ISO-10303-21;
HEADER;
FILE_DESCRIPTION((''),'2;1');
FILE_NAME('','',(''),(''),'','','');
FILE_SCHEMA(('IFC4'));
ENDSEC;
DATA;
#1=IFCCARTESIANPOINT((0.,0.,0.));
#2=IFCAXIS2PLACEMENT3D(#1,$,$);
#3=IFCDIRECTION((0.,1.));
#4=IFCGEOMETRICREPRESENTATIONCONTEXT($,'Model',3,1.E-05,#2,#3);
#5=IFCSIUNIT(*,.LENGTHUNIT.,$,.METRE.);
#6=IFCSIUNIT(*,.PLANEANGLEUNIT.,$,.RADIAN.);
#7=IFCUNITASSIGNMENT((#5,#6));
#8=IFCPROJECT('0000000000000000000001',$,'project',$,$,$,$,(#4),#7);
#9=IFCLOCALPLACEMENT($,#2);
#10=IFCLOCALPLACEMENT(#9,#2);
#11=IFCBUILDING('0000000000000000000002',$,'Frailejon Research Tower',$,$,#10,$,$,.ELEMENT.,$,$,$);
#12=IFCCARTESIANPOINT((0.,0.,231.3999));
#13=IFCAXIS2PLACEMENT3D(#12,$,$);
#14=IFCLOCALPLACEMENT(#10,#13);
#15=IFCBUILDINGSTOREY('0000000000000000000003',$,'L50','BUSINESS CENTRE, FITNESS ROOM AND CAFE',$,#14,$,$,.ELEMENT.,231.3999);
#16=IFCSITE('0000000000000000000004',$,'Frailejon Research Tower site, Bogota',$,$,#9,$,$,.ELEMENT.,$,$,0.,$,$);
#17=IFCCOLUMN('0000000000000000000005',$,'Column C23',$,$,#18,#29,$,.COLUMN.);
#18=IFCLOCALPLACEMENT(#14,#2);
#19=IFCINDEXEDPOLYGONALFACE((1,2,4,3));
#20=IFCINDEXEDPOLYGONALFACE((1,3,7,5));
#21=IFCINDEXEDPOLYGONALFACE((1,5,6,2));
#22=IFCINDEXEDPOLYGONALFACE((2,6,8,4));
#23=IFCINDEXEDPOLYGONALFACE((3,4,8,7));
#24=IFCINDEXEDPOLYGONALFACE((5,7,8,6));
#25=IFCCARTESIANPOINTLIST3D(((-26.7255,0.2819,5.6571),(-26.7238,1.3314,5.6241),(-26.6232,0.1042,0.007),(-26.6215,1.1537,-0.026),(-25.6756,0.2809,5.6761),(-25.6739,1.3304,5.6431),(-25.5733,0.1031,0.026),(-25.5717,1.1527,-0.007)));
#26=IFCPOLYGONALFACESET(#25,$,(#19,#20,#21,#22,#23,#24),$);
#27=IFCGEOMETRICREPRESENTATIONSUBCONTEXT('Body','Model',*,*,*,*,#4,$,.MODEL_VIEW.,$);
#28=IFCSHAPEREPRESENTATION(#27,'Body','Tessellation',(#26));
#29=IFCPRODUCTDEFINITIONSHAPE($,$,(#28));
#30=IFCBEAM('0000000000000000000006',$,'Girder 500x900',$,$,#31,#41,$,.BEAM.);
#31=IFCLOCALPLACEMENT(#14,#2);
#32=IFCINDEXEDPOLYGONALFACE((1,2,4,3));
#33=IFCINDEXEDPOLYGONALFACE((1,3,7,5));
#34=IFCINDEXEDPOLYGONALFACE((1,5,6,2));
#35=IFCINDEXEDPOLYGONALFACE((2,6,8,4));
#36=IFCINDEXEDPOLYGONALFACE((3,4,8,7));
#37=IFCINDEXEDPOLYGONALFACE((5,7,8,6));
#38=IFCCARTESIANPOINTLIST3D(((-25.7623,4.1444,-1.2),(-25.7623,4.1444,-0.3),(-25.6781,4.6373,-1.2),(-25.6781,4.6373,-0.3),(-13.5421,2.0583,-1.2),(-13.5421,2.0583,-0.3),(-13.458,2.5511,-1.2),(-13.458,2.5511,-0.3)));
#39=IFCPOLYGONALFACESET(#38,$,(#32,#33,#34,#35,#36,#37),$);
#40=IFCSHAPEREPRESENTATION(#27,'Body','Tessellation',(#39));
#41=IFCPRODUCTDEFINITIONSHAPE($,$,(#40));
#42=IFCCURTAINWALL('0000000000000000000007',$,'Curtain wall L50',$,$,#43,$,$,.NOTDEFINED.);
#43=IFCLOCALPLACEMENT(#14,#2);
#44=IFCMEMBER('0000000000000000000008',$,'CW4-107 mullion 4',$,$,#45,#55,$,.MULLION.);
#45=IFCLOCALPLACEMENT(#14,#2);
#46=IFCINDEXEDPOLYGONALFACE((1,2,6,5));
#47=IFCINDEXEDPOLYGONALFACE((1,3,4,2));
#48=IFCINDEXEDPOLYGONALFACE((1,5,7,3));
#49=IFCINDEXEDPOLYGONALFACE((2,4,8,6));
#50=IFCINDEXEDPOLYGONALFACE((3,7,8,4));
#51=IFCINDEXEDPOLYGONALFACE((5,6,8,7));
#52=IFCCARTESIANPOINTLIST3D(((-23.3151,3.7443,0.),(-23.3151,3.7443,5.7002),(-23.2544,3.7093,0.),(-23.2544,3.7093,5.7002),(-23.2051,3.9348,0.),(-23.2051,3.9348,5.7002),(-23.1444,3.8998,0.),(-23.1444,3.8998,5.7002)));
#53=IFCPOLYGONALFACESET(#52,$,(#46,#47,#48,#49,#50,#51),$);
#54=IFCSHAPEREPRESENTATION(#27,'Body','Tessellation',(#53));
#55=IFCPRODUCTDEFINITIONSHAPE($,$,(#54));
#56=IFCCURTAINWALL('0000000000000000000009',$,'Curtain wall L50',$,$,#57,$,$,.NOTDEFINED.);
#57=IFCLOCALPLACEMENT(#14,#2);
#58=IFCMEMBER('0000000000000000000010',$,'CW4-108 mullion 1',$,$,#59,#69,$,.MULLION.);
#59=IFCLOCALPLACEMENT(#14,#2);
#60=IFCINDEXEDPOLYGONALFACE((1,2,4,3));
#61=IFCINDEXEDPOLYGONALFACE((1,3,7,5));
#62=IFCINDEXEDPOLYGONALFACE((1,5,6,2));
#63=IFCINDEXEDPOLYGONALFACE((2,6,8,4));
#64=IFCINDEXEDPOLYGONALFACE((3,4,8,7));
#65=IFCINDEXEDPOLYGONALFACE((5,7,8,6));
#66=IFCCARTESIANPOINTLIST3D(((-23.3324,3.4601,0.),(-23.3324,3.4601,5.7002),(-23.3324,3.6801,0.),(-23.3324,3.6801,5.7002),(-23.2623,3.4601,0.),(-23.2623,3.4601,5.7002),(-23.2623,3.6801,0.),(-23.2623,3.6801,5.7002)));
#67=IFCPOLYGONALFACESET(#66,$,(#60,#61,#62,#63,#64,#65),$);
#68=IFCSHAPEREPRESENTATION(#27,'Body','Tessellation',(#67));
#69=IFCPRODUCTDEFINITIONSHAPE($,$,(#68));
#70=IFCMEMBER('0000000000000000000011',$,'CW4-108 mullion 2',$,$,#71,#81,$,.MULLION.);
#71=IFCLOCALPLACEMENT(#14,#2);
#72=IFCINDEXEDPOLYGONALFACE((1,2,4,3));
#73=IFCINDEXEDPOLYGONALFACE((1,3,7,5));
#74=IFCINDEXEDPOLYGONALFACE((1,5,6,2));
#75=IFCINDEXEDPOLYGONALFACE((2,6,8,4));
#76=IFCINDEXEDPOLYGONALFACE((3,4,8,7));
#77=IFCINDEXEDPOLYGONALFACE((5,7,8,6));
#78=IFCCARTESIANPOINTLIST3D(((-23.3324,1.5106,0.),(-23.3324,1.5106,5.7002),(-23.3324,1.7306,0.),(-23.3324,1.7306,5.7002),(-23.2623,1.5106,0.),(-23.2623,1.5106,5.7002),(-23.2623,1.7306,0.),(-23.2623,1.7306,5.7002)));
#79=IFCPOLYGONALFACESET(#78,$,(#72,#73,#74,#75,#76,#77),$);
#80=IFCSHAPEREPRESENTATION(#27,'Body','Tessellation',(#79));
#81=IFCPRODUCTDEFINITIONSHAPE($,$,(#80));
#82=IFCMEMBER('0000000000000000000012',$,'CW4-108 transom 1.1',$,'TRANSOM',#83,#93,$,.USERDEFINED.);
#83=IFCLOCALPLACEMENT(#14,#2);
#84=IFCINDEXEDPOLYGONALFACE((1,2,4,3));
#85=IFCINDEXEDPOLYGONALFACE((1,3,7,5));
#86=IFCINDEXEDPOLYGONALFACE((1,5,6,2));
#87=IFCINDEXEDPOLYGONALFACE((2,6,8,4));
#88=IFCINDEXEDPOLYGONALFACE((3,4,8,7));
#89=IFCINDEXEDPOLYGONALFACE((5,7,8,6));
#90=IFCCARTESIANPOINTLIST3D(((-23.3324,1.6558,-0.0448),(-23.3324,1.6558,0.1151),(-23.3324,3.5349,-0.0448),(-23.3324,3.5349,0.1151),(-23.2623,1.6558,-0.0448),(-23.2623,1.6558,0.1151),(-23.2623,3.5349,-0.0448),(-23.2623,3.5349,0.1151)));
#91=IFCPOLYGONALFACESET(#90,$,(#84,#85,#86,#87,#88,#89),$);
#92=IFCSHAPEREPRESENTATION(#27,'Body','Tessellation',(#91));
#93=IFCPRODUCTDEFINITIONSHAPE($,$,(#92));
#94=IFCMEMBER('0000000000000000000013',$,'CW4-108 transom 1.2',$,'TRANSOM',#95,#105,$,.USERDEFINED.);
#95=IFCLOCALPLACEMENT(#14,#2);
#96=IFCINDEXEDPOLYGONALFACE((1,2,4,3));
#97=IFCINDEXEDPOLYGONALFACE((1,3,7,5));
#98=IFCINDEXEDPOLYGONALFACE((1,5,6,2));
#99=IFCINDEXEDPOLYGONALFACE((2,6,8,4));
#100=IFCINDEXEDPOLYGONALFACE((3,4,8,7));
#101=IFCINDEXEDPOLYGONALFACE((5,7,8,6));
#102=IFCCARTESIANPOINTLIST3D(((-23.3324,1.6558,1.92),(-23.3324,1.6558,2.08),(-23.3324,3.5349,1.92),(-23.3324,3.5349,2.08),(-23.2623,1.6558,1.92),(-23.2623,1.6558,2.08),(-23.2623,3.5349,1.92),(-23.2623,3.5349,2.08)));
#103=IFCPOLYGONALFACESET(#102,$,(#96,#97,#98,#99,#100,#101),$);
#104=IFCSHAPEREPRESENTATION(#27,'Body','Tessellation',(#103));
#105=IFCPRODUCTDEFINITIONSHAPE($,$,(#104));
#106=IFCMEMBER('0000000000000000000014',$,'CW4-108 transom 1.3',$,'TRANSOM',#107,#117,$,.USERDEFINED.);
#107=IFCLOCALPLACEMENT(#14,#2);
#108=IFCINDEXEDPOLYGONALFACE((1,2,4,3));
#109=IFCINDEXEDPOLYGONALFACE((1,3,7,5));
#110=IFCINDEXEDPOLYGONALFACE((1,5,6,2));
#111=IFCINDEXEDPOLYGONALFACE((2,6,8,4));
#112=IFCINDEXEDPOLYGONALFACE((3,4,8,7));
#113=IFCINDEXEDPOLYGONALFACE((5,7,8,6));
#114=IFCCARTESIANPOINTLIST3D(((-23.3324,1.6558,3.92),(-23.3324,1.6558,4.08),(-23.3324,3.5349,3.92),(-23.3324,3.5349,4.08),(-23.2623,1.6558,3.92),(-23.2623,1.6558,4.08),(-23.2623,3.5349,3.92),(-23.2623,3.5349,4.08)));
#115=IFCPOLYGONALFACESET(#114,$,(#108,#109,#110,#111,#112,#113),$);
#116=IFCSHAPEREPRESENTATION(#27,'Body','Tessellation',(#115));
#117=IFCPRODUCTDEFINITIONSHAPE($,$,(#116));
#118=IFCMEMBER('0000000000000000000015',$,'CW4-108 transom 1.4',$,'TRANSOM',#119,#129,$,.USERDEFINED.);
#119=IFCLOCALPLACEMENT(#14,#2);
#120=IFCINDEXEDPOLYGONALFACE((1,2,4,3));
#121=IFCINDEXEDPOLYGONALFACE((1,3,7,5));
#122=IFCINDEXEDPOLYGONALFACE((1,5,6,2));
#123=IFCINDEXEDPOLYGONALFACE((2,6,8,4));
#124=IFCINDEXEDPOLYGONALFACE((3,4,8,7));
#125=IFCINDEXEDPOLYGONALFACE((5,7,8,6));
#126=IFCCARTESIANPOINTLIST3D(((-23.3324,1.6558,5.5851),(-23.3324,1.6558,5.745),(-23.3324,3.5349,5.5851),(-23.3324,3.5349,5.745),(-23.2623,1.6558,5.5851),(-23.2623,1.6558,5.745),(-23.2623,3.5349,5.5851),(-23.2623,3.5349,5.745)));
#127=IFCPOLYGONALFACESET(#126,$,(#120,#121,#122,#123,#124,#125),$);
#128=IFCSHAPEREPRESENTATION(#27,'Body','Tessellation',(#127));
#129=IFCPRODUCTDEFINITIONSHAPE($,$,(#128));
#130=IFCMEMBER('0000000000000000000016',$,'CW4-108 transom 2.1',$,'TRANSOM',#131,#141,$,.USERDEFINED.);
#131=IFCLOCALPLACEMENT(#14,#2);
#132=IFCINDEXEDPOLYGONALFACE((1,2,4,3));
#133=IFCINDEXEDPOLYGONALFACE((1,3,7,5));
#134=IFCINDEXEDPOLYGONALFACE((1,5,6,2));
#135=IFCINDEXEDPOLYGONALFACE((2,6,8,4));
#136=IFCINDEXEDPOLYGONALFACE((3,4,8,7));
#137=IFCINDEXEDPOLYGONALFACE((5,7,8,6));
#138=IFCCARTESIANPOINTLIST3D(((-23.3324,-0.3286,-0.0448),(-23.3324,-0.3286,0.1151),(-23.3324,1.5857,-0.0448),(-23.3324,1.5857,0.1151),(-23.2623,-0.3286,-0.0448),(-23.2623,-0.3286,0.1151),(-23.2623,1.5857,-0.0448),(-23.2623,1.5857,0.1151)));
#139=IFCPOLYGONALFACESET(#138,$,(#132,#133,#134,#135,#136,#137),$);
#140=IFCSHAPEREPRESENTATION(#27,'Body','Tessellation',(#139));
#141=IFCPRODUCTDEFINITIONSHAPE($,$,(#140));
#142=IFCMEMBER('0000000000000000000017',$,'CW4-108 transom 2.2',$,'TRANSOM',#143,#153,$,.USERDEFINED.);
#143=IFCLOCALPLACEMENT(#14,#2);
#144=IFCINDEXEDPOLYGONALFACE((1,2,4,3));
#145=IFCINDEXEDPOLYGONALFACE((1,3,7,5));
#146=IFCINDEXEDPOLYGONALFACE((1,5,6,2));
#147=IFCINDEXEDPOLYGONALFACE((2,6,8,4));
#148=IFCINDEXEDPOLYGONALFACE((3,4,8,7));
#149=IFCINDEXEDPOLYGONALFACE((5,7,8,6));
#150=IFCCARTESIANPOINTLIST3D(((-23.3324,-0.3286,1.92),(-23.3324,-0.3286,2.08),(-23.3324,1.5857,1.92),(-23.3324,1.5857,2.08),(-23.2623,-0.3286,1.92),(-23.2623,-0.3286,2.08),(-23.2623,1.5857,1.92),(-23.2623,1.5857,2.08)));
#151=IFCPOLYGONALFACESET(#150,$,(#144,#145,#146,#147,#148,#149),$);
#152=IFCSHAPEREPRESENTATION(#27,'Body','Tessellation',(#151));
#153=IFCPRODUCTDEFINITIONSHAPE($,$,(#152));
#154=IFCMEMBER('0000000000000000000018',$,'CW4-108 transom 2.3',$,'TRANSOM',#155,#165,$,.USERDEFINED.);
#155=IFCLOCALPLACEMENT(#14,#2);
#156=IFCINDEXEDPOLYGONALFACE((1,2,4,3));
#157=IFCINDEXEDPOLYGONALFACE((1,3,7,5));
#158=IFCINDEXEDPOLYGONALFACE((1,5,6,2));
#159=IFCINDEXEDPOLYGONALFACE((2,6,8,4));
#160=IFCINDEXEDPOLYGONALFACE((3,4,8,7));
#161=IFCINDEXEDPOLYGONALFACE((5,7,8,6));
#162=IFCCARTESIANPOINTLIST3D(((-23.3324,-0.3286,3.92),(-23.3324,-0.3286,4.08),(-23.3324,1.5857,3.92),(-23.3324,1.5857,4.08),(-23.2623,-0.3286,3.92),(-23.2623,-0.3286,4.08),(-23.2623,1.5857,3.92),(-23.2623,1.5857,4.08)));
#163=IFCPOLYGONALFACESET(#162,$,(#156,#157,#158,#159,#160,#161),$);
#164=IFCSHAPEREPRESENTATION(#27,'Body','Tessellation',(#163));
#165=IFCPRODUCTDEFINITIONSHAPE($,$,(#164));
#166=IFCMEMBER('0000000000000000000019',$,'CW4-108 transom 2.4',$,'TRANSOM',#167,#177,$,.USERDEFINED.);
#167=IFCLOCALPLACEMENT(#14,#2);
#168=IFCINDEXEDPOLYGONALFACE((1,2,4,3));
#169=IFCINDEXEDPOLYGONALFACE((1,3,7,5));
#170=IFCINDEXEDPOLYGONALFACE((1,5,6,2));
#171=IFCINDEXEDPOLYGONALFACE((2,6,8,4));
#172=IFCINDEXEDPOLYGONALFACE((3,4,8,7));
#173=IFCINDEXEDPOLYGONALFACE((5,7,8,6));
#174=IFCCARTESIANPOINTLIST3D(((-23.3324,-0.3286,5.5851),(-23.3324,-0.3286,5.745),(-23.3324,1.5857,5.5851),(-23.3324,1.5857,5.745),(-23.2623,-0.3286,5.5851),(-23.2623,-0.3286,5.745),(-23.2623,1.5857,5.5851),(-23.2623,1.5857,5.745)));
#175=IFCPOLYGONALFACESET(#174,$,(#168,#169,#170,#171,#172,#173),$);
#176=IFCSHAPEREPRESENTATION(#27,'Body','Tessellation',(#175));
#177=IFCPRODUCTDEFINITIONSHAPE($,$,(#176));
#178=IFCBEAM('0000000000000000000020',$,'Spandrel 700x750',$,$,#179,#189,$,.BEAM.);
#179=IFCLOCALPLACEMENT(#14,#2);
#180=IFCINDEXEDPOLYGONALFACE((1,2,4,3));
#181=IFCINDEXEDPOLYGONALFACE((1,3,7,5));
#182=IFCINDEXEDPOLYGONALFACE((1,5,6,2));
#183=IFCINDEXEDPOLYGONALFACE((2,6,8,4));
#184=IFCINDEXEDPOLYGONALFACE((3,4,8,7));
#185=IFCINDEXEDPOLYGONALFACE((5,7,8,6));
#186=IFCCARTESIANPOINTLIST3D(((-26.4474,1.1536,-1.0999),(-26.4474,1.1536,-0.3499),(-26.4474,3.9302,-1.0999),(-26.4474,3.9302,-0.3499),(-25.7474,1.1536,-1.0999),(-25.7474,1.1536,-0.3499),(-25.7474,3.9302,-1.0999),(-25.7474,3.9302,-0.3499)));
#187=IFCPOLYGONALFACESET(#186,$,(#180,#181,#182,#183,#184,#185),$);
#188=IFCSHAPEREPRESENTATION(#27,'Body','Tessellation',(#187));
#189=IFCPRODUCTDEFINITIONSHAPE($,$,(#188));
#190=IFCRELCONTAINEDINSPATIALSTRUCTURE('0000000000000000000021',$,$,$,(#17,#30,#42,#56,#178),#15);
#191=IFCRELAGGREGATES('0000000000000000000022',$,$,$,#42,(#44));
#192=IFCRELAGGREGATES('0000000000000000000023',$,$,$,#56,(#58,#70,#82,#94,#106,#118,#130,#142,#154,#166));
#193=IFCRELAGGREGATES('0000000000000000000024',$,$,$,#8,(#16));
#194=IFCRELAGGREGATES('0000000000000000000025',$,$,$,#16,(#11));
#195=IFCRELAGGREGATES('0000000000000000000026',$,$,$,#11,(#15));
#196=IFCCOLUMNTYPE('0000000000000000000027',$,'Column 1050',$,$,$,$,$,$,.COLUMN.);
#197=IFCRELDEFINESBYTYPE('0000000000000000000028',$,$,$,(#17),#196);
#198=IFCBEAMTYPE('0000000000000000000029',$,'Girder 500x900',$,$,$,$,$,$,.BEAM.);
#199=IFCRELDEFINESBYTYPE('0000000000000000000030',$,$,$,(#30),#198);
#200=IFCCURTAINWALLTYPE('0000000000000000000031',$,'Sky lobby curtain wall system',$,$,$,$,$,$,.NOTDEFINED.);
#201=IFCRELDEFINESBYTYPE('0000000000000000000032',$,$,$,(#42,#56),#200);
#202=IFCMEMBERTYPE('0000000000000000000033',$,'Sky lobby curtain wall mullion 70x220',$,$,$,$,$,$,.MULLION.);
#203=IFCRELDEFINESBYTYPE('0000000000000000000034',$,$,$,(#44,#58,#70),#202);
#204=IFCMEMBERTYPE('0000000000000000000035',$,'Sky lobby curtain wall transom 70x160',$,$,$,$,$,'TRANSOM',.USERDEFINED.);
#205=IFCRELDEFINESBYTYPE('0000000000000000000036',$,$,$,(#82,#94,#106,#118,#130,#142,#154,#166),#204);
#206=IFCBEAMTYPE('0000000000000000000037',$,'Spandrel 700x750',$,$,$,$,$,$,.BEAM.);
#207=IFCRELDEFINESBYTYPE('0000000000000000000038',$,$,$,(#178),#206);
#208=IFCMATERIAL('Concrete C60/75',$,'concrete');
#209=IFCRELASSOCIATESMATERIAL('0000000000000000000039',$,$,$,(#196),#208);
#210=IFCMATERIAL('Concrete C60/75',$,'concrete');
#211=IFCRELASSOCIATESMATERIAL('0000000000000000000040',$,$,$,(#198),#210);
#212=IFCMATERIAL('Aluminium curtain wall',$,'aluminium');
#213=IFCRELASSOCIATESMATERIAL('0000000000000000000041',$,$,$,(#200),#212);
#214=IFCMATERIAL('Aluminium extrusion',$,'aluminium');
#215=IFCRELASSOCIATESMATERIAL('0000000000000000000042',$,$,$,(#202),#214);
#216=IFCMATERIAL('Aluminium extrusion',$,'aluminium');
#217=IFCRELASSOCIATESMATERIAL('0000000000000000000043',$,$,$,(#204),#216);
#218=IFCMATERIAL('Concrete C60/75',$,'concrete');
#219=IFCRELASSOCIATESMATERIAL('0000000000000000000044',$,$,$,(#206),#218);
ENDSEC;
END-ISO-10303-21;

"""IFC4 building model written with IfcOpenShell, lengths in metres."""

from ifc_helpers import new_model, si_unit, direction, frame, origin, origin_2d, place, context, subcontext, project, spatial, rectangle, extrude, material, material_profile, profile_set, type_object, element, aggregate, save


model = new_model("IFC4")

# Units and contexts
model_context = context("Model", 3, precision=1e-05, world=origin(), true_north=direction((0.0, 1.0)))
body_context = subcontext(model_context, "Body", "Model", "MODEL_VIEW")
ifc_project = project(units=[si_unit("LENGTHUNIT", "METRE"), si_unit("PLANEANGLEUNIT", "RADIAN")], contexts=[model_context])

# Site, building, storey
site_placement = place(None, origin())
site = spatial("IfcSite", under=ifc_project, at=site_placement, Name="Frailejon Research Tower site, Bogota", CompositionType="ELEMENT", RefElevation=0.0)
building_placement = place(site_placement, origin())
building = spatial("IfcBuilding", under=site, at=building_placement, Name="Frailejon Research Tower", CompositionType="ELEMENT")
storey_placement = place(building_placement, frame((0.0, 0.0, 231.3999)))
storey = spatial("IfcBuildingStorey", under=building, at=storey_placement, Name="L50", Description="BUSINESS CENTRE, FITNESS ROOM AND CAFE", CompositionType="ELEMENT", Elevation=231.3999)

# Column
ifc_material_1 = material(Name="Concrete C60/75", Category="concrete")
ifc_material_profile_1 = material_profile(ifc_material_1, rectangle(XDim=1.05, YDim=1.05, at=origin_2d()), Name="Column 1050")
ifc_profile_set_1 = profile_set([ifc_material_profile_1], Name="Concrete C60/75")
column_type = type_object("IfcColumnType", Name="Column 1050", PredefinedType="COLUMN", material=ifc_profile_set_1)
column_placement = place(storey_placement, frame((-26.0974, 0.6284, 0.0), z_axis=(-0.018093, 0.031436, 0.999342), x_axis=(-0.00157, -0.999505, 0.031413)))
element("IfcColumn", 1, at=column_placement, inside=storey, type_object=column_type, Name="Column C23", PredefinedType="COLUMN", context=body_context, shape_type="SweptSolid", body=[
    extrude(rectangle(XDim=1.05, YDim=1.05, at=origin_2d()), origin(), (0.0, 0.0, 1.0), 5.6538),
])

# Beam
ifc_material_2 = material(Name="Concrete C60/75", Category="concrete")
ifc_material_profile_2 = material_profile(ifc_material_2, rectangle(XDim=0.5, YDim=0.8999, at=origin_2d()), Name="Girder 500x900")
ifc_profile_set_2 = profile_set([ifc_material_profile_2], Name="Concrete C60/75")
beam_type_1 = type_object("IfcBeamType", Name="Girder 500x900", PredefinedType="BEAM", material=ifc_profile_set_2)
beam_1_placement = place(storey_placement, frame((-25.7202, 4.3909, -0.75), z_axis=(0.985739, -0.168281, 0.0), x_axis=(0.168281, 0.985739, 0.0)))
element("IfcBeam", 2, at=beam_1_placement, inside=storey, type_object=beam_type_1, Name="Girder 500x900", PredefinedType="BEAM", context=body_context, shape_type="SweptSolid", body=[
    extrude(rectangle(XDim=0.5, YDim=0.8999, at=origin_2d()), origin(), (0.0, 0.0, 1.0), 12.397),
])

# Curtain wall, member
ifc_material_3 = material(Name="Aluminium curtain wall", Category="aluminium")
curtain_wall_type = type_object("IfcCurtainWallType", Name="Sky lobby curtain wall system", PredefinedType="NOTDEFINED", material=ifc_material_3)
curtain_wall_1_placement = place(storey_placement, origin())
curtain_wall_1 = element("IfcCurtainWall", 3, at=curtain_wall_1_placement, inside=storey, type_object=curtain_wall_type, Name="Curtain wall L50", PredefinedType="NOTDEFINED")
ifc_material_4 = material(Name="Aluminium extrusion", Category="aluminium")
ifc_material_profile_3 = material_profile(ifc_material_4, rectangle(XDim=0.0701, YDim=0.22, at=origin_2d()), Name="Sky lobby curtain wall mullion 70x220")
ifc_profile_set_3 = profile_set([ifc_material_profile_3], Name="Aluminium extrusion")
member_type_1 = type_object("IfcMemberType", Name="Sky lobby curtain wall mullion 70x220", PredefinedType="MULLION", material=ifc_profile_set_3)
member_1_placement = place(storey_placement, frame((-23.2297, 3.822, 0.0), z_axis=(0.0, 0.0, 1.0), x_axis=(0.866025, -0.5, 0.0)))
member_1 = element("IfcMember", 4, at=member_1_placement, type_object=member_type_1, Name="CW4-107 mullion 4", PredefinedType="MULLION", context=body_context, shape_type="SweptSolid", body=[
    extrude(rectangle(XDim=0.0701, YDim=0.22, at=origin_2d()), origin(), (0.0, 0.0, 1.0), 5.7002),
])
aggregate(curtain_wall_1, [member_1])

# Curtain wall, members
curtain_wall_2_placement = place(storey_placement, origin())
curtain_wall_2 = element("IfcCurtainWall", 5, at=curtain_wall_2_placement, inside=storey, type_object=curtain_wall_type, Name="Curtain wall L50", PredefinedType="NOTDEFINED")
member_2_placement = place(storey_placement, frame((-23.2974, 3.5701, 0.0), z_axis=(0.0, 0.0, 1.0), x_axis=(1.0, 0.0, 0.0)))
member_2 = element("IfcMember", 6, at=member_2_placement, type_object=member_type_1, Name="CW4-108 mullion 1", PredefinedType="MULLION", context=body_context, shape_type="SweptSolid", body=[
    extrude(rectangle(XDim=0.0701, YDim=0.22, at=origin_2d()), origin(), (0.0, 0.0, 1.0), 5.7002),
])
member_3_placement = place(storey_placement, frame((-23.2974, 1.6206, 0.0), z_axis=(0.0, 0.0, 1.0), x_axis=(1.0, 0.0, 0.0)))
member_3 = element("IfcMember", 7, at=member_3_placement, type_object=member_type_1, Name="CW4-108 mullion 2", PredefinedType="MULLION", context=body_context, shape_type="SweptSolid", body=[
    extrude(rectangle(XDim=0.0701, YDim=0.22, at=origin_2d()), origin(), (0.0, 0.0, 1.0), 5.7002),
])
ifc_material_5 = material(Name="Aluminium extrusion", Category="aluminium")
ifc_material_profile_4 = material_profile(ifc_material_5, rectangle(XDim=0.0701, YDim=0.1599, at=origin_2d()), Name="Sky lobby curtain wall transom 70x160")
ifc_profile_set_4 = profile_set([ifc_material_profile_4], Name="Aluminium extrusion")
member_type_2 = type_object("IfcMemberType", Name="Sky lobby curtain wall transom 70x160", ElementType="TRANSOM", PredefinedType="USERDEFINED", material=ifc_profile_set_4)
member_4_placement = place(storey_placement, frame((-23.2974, 3.5349, 0.0352), z_axis=(0.0, -1.0, 0.0), x_axis=(1.0, 0.0, 0.0)))
member_4 = element("IfcMember", 8, at=member_4_placement, type_object=member_type_2, Name="CW4-108 transom 1.1", ObjectType="TRANSOM", PredefinedType="USERDEFINED", context=body_context, shape_type="SweptSolid", body=[
    extrude(rectangle(XDim=0.0701, YDim=0.1599, at=origin_2d()), origin(), (0.0, 0.0, 1.0), 1.8792),
])
member_5_placement = place(storey_placement, frame((-23.2974, 3.5349, 2.0), z_axis=(0.0, -1.0, 0.0), x_axis=(1.0, 0.0, 0.0)))
member_5 = element("IfcMember", 9, at=member_5_placement, type_object=member_type_2, Name="CW4-108 transom 1.2", ObjectType="TRANSOM", PredefinedType="USERDEFINED", context=body_context, shape_type="SweptSolid", body=[
    extrude(rectangle(XDim=0.0701, YDim=0.1599, at=origin_2d()), origin(), (0.0, 0.0, 1.0), 1.8792),
])
member_6_placement = place(storey_placement, frame((-23.2974, 3.5349, 4.0), z_axis=(0.0, -1.0, 0.0), x_axis=(1.0, 0.0, 0.0)))
member_6 = element("IfcMember", 10, at=member_6_placement, type_object=member_type_2, Name="CW4-108 transom 1.3", ObjectType="TRANSOM", PredefinedType="USERDEFINED", context=body_context, shape_type="SweptSolid", body=[
    extrude(rectangle(XDim=0.0701, YDim=0.1599, at=origin_2d()), origin(), (0.0, 0.0, 1.0), 1.8792),
])
member_7_placement = place(storey_placement, frame((-23.2974, 3.5349, 5.665), z_axis=(0.0, -1.0, 0.0), x_axis=(1.0, 0.0, 0.0)))
member_7 = element("IfcMember", 11, at=member_7_placement, type_object=member_type_2, Name="CW4-108 transom 1.4", ObjectType="TRANSOM", PredefinedType="USERDEFINED", context=body_context, shape_type="SweptSolid", body=[
    extrude(rectangle(XDim=0.0701, YDim=0.1599, at=origin_2d()), origin(), (0.0, 0.0, 1.0), 1.8792),
])
member_8_placement = place(storey_placement, frame((-23.2974, 1.5857, 0.0352), z_axis=(0.0, -1.0, 0.0), x_axis=(1.0, 0.0, 0.0)))
member_8 = element("IfcMember", 12, at=member_8_placement, type_object=member_type_2, Name="CW4-108 transom 2.1", ObjectType="TRANSOM", PredefinedType="USERDEFINED", context=body_context, shape_type="SweptSolid", body=[
    extrude(rectangle(XDim=0.0701, YDim=0.1599, at=origin_2d()), origin(), (0.0, 0.0, 1.0), 1.9143),
])
member_9_placement = place(storey_placement, frame((-23.2974, 1.5857, 2.0), z_axis=(0.0, -1.0, 0.0), x_axis=(1.0, 0.0, 0.0)))
member_9 = element("IfcMember", 13, at=member_9_placement, type_object=member_type_2, Name="CW4-108 transom 2.2", ObjectType="TRANSOM", PredefinedType="USERDEFINED", context=body_context, shape_type="SweptSolid", body=[
    extrude(rectangle(XDim=0.0701, YDim=0.1599, at=origin_2d()), origin(), (0.0, 0.0, 1.0), 1.9143),
])
member_10_placement = place(storey_placement, frame((-23.2974, 1.5857, 4.0), z_axis=(0.0, -1.0, 0.0), x_axis=(1.0, 0.0, 0.0)))
member_10 = element("IfcMember", 14, at=member_10_placement, type_object=member_type_2, Name="CW4-108 transom 2.3", ObjectType="TRANSOM", PredefinedType="USERDEFINED", context=body_context, shape_type="SweptSolid", body=[
    extrude(rectangle(XDim=0.0701, YDim=0.1599, at=origin_2d()), origin(), (0.0, 0.0, 1.0), 1.9143),
])
member_11_placement = place(storey_placement, frame((-23.2974, 1.5857, 5.665), z_axis=(0.0, -1.0, 0.0), x_axis=(1.0, 0.0, 0.0)))
member_11 = element("IfcMember", 15, at=member_11_placement, type_object=member_type_2, Name="CW4-108 transom 2.4", ObjectType="TRANSOM", PredefinedType="USERDEFINED", context=body_context, shape_type="SweptSolid", body=[
    extrude(rectangle(XDim=0.0701, YDim=0.1599, at=origin_2d()), origin(), (0.0, 0.0, 1.0), 1.9143),
])

# Beam
ifc_material_6 = material(Name="Concrete C60/75", Category="concrete")
ifc_material_profile_5 = material_profile(ifc_material_6, rectangle(XDim=0.7, YDim=0.75, at=origin_2d()), Name="Spandrel 700x750")
ifc_profile_set_5 = profile_set([ifc_material_profile_5], Name="Concrete C60/75")
beam_type_2 = type_object("IfcBeamType", Name="Spandrel 700x750", PredefinedType="BEAM", material=ifc_profile_set_5)
beam_2_placement = place(storey_placement, frame((-26.0974, 3.9302, -0.7249), z_axis=(0.0, -1.0, 0.0), x_axis=(1.0, 0.0, 0.0)))
element("IfcBeam", 16, at=beam_2_placement, inside=storey, type_object=beam_type_2, Name="Spandrel 700x750", PredefinedType="BEAM", context=body_context, shape_type="SweptSolid", body=[
    extrude(rectangle(XDim=0.7, YDim=0.75, at=origin_2d()), origin(), (0.0, 0.0, 1.0), 2.7766),
])

aggregate(curtain_wall_2, [member_2, member_3, member_4, member_5, member_6, member_7, member_8, member_9, member_10, member_11])

save(model, "model.ifc")
